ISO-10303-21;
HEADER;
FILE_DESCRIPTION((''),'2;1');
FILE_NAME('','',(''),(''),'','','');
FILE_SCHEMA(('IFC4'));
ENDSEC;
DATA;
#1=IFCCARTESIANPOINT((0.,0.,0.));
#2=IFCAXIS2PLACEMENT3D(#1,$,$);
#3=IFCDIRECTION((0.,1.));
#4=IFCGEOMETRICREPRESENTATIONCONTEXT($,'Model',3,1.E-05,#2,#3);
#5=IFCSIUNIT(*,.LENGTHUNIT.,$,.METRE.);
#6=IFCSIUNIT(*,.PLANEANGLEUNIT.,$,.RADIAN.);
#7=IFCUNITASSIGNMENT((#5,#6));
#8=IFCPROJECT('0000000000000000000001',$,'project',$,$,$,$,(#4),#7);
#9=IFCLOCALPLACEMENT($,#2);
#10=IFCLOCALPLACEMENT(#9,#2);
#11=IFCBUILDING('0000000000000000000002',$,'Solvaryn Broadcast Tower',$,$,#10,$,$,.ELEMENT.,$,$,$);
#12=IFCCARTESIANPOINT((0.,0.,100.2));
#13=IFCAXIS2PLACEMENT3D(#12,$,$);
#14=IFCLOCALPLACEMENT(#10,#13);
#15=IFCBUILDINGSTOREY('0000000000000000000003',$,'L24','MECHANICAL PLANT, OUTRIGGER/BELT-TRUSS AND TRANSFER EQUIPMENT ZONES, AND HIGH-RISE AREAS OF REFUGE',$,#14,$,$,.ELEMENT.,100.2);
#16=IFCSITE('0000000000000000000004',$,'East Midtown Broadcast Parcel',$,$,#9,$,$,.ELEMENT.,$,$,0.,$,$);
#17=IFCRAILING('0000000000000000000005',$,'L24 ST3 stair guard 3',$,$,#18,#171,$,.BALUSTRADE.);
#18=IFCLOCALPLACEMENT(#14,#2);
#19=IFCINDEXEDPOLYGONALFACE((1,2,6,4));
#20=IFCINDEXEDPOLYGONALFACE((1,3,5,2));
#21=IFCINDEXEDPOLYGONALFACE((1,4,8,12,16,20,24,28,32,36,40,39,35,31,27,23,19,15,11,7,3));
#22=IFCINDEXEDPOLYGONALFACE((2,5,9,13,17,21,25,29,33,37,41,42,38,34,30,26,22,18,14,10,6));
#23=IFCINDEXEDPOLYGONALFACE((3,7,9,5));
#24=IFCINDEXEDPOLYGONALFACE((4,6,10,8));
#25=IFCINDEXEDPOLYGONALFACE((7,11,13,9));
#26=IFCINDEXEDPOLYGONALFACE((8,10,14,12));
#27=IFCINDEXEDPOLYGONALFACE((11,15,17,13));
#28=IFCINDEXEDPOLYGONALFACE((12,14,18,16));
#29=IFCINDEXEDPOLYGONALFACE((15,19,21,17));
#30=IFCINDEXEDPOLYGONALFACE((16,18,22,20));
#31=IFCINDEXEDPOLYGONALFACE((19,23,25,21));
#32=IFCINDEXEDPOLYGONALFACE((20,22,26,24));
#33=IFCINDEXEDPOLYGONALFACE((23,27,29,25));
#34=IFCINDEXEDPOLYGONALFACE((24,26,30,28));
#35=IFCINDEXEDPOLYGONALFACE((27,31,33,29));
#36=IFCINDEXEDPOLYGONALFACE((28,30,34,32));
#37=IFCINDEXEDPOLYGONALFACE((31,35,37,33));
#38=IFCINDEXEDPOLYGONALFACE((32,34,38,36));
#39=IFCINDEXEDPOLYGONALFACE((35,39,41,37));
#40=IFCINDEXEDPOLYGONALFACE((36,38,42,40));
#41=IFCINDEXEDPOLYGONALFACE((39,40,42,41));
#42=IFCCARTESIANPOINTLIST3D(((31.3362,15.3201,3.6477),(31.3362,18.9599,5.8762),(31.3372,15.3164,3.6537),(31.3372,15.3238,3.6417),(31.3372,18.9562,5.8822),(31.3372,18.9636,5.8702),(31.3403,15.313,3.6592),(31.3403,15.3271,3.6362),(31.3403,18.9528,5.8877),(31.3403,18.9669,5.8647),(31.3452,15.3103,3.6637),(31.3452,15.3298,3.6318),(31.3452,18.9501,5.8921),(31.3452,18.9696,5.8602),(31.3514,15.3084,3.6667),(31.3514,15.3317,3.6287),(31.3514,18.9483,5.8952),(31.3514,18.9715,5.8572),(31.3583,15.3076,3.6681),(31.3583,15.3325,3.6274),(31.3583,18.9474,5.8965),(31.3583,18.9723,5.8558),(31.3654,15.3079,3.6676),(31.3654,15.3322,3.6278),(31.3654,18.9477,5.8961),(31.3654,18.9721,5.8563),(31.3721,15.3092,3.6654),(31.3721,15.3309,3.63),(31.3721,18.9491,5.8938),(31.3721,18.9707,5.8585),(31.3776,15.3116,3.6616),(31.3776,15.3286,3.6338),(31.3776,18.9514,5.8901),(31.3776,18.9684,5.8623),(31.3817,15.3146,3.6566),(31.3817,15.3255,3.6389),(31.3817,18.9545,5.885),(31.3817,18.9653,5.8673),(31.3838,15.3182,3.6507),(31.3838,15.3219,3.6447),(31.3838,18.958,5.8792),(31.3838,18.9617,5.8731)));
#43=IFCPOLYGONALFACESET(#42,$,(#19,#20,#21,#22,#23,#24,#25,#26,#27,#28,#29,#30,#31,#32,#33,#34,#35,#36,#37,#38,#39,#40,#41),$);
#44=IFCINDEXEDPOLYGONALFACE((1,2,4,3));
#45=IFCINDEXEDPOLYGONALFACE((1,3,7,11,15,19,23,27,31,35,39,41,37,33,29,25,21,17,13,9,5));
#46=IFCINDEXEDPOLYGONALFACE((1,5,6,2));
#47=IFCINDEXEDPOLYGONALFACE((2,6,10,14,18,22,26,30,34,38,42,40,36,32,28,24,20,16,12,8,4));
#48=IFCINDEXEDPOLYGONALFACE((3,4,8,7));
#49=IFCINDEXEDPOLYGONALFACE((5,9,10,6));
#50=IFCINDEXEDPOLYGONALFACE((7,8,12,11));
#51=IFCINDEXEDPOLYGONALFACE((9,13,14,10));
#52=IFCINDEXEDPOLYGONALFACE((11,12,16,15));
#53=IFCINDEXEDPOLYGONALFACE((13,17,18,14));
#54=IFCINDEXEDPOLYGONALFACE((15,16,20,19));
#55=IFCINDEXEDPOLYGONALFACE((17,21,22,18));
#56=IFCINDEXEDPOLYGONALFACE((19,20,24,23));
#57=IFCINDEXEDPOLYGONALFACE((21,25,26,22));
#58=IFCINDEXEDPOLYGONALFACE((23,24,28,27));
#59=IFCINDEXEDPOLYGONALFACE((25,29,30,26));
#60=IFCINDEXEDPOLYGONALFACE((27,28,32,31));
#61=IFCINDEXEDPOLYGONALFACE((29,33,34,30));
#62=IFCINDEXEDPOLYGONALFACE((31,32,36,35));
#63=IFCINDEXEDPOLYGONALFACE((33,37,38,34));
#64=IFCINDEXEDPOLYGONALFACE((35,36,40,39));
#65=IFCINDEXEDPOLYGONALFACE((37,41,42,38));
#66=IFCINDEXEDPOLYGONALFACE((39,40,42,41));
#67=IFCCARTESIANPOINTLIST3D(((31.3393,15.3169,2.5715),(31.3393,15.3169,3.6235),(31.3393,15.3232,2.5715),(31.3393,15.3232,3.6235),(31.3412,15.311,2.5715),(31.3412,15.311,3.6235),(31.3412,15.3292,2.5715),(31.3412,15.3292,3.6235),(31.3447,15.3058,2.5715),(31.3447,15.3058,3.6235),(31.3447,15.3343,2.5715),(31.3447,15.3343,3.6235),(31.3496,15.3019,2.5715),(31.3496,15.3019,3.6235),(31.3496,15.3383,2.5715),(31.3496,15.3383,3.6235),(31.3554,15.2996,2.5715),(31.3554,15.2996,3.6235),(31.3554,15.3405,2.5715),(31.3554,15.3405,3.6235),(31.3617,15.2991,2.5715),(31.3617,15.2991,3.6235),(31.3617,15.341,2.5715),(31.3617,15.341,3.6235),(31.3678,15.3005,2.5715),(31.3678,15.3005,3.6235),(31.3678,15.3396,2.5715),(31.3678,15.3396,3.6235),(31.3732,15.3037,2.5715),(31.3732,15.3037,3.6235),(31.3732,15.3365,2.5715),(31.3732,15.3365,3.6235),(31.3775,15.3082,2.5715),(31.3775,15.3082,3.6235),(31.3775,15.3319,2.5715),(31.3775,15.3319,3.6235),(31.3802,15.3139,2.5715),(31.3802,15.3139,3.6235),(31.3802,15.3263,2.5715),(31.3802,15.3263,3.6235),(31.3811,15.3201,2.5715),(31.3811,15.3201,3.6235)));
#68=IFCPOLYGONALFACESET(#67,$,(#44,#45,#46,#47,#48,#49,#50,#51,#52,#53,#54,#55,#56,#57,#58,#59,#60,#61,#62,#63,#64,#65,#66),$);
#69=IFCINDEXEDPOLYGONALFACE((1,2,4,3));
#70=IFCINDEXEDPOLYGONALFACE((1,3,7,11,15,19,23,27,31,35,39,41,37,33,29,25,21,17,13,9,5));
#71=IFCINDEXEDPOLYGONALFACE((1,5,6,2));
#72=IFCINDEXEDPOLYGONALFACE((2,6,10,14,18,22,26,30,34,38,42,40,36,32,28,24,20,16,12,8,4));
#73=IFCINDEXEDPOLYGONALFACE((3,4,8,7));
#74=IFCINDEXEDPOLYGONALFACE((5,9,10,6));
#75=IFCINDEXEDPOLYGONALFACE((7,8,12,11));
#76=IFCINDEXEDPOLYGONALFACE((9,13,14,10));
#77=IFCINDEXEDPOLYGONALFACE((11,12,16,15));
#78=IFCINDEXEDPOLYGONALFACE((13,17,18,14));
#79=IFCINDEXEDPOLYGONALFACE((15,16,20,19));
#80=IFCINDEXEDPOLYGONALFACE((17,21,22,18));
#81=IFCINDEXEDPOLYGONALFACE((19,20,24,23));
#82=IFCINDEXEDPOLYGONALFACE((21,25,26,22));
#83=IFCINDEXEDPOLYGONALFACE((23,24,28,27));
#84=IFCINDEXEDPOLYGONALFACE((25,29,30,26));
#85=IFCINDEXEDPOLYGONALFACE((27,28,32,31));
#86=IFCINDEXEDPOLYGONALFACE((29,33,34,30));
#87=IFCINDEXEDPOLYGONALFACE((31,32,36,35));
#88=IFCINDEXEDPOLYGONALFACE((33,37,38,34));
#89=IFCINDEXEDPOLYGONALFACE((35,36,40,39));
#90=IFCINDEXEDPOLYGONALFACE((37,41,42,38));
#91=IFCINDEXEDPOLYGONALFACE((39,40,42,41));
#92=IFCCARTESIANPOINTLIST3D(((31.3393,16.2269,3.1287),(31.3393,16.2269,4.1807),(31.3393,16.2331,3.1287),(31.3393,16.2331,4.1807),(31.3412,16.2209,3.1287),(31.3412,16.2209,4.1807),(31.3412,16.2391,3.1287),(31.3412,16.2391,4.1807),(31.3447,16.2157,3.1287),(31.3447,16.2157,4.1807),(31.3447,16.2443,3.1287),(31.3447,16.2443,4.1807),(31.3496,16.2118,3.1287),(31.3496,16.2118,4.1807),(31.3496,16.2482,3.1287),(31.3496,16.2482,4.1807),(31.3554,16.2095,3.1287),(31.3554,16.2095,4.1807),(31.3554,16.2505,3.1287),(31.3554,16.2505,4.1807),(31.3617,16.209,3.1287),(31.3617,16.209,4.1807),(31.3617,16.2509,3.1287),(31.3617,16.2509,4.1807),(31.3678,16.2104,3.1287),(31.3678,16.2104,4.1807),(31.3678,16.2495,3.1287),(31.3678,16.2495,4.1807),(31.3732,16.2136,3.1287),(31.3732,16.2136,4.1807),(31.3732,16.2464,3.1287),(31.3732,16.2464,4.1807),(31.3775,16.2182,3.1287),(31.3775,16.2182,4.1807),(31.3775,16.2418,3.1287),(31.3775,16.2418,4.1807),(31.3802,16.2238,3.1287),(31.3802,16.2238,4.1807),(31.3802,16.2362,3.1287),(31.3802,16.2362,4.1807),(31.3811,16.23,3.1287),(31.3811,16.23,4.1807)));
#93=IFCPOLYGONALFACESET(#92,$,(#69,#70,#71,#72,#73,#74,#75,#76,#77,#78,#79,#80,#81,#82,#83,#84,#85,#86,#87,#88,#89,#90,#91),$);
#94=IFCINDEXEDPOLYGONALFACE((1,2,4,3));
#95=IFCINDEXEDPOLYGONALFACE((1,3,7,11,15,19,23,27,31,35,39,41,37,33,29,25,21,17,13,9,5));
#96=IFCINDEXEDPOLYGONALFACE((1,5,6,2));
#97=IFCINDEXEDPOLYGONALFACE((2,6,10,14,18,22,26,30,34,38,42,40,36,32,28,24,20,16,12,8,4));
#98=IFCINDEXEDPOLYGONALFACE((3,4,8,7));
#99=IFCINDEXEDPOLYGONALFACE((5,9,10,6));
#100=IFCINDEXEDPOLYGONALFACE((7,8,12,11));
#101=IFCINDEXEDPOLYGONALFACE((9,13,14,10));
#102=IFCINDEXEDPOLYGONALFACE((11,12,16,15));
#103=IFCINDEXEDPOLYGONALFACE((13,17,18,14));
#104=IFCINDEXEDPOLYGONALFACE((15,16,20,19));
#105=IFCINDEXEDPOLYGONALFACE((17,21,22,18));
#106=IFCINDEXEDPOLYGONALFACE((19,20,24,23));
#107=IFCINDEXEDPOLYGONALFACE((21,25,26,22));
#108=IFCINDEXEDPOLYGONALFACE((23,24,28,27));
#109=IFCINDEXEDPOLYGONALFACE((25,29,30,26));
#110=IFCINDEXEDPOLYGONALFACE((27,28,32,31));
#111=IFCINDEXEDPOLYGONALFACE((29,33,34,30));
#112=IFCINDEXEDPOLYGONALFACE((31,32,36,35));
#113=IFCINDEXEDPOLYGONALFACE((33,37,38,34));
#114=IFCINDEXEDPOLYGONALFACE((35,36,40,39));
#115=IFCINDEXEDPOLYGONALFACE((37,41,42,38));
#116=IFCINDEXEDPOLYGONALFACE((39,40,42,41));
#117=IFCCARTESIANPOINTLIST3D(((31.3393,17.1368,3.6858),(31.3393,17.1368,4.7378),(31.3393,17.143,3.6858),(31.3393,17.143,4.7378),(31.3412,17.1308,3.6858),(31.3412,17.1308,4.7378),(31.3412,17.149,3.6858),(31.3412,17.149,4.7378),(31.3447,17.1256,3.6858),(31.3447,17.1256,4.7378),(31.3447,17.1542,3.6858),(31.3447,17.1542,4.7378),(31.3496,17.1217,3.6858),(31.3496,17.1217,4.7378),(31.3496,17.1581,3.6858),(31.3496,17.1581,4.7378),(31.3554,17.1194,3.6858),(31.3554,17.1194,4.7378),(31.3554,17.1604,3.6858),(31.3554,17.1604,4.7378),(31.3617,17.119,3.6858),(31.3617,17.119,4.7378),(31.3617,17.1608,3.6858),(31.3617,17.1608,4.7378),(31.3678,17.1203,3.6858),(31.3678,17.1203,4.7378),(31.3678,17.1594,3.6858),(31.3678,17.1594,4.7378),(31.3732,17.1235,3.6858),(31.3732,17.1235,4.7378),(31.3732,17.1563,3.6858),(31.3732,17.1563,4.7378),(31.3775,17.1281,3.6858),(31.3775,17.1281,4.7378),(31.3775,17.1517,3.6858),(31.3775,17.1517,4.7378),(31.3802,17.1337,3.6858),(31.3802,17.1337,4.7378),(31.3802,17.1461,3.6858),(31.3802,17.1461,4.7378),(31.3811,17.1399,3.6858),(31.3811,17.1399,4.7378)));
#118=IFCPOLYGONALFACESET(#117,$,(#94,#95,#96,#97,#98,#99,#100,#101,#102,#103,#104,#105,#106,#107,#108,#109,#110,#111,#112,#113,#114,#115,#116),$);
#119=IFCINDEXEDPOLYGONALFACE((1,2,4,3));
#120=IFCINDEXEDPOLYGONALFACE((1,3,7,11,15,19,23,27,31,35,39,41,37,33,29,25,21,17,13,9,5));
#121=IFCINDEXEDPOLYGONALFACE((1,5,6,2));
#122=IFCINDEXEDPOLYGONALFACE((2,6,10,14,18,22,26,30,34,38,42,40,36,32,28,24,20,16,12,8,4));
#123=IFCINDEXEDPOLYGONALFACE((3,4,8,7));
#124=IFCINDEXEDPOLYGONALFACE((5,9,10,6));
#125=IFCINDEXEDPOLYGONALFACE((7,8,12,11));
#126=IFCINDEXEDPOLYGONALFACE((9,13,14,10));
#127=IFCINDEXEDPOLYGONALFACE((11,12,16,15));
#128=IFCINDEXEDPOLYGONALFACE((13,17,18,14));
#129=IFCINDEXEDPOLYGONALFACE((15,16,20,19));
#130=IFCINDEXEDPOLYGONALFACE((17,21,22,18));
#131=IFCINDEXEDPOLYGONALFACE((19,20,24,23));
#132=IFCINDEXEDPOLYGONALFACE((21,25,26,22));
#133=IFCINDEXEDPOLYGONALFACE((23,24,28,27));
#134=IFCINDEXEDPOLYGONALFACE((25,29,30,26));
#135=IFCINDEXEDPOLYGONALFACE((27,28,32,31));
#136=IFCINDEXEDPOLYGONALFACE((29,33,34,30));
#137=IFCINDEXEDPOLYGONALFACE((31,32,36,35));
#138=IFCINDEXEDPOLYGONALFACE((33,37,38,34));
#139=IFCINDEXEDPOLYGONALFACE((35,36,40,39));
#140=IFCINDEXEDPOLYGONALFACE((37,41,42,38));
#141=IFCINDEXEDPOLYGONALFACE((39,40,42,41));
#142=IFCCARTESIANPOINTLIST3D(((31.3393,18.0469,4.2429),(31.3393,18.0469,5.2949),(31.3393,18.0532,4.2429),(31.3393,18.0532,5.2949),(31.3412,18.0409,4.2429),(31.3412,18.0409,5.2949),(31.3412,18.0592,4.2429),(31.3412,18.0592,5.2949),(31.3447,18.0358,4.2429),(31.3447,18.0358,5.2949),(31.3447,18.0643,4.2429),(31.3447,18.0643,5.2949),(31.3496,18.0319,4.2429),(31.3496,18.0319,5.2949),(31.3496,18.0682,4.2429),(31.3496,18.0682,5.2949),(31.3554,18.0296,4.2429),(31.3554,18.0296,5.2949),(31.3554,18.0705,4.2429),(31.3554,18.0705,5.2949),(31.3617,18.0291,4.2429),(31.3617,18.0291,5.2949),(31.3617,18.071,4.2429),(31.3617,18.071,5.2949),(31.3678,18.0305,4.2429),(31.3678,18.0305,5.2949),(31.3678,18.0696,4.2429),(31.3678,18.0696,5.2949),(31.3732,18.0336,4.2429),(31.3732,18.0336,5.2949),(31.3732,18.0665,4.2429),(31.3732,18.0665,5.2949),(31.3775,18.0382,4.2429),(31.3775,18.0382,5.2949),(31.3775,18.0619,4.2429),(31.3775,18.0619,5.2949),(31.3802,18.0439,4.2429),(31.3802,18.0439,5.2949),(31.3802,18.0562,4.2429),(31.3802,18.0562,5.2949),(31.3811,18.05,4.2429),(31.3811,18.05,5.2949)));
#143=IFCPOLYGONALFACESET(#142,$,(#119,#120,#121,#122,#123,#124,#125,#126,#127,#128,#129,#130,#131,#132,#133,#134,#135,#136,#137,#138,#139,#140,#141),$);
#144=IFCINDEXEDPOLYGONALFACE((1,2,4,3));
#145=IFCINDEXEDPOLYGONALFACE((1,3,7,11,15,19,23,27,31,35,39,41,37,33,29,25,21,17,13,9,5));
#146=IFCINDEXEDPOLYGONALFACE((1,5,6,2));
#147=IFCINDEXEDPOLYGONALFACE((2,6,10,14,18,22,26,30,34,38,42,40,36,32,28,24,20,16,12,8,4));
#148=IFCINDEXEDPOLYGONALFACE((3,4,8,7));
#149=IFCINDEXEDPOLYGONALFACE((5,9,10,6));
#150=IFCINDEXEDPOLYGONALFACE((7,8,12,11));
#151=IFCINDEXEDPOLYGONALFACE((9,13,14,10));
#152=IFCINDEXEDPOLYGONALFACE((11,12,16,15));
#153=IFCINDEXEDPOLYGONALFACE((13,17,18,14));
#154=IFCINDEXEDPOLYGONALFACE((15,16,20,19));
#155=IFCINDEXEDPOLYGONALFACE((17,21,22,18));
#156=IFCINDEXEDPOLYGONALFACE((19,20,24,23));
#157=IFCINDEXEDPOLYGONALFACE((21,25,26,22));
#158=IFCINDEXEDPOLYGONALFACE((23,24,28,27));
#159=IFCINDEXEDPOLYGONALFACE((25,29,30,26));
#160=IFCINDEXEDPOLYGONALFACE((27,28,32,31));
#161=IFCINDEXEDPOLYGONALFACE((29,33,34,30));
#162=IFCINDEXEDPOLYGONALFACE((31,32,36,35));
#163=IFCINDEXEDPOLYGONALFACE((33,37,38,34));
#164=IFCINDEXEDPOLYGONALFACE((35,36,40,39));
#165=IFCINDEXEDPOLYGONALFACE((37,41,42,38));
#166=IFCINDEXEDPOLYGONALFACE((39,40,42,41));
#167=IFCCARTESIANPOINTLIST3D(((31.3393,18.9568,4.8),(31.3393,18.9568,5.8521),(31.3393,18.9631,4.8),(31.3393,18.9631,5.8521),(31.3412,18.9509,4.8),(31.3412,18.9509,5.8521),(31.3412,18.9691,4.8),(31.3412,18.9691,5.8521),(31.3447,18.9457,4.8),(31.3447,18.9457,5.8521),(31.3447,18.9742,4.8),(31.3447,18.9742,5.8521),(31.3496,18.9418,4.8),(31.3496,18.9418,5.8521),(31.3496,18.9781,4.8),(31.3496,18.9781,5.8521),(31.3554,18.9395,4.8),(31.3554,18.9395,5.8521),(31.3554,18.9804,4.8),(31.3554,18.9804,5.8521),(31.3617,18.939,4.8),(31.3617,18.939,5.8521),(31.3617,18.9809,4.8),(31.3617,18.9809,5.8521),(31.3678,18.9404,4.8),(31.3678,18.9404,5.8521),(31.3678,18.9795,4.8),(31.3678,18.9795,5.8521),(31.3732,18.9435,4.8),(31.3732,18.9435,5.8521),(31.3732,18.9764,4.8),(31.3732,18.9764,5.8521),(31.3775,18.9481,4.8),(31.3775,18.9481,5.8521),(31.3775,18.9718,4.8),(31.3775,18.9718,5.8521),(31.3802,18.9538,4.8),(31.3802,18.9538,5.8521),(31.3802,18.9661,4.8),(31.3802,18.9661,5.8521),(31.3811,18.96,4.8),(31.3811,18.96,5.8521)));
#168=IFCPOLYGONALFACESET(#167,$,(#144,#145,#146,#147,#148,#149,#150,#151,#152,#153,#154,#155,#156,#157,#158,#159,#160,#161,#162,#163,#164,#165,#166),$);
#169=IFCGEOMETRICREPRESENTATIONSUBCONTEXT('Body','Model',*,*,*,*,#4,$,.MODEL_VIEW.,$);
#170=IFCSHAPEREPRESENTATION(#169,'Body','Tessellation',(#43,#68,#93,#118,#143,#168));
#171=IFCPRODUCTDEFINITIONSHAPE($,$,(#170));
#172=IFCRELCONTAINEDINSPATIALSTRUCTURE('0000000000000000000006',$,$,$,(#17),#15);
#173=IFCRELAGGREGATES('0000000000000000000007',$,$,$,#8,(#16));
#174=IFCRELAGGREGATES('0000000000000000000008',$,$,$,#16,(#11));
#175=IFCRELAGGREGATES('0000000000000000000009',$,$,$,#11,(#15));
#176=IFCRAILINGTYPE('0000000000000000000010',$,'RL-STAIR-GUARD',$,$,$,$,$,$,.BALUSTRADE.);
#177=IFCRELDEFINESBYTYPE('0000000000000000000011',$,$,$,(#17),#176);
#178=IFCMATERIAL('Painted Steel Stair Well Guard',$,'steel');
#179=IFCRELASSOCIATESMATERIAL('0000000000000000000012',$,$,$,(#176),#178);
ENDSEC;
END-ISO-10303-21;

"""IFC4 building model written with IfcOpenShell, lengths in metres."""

from ifc_helpers import new_model, si_unit, direction, frame, origin, origin_2d, place, context, subcontext, project, spatial, circle, extrude, material, type_object, element, save


model = new_model("IFC4")

# Units and contexts
model_context = context("Model", 3, precision=1e-05, world=origin(), true_north=direction((0.0, 1.0)))
body_context = subcontext(model_context, "Body", "Model", "MODEL_VIEW")
ifc_project = project(units=[si_unit("LENGTHUNIT", "METRE"), si_unit("PLANEANGLEUNIT", "RADIAN")], contexts=[model_context])

# Site, building, storey
site_placement = place(None, origin())
site = spatial("IfcSite", under=ifc_project, at=site_placement, Name="East Midtown Broadcast Parcel", CompositionType="ELEMENT", RefElevation=0.0)
building_placement = place(site_placement, origin())
building = spatial("IfcBuilding", under=site, at=building_placement, Name="Solvaryn Broadcast Tower", CompositionType="ELEMENT")
storey_placement = place(building_placement, frame((0.0, 0.0, 100.2)))
storey = spatial("IfcBuildingStorey", under=building, at=storey_placement, Name="L24", Description="MECHANICAL PLANT, OUTRIGGER/BELT-TRUSS AND TRANSFER EQUIPMENT ZONES, AND HIGH-RISE AREAS OF REFUGE", CompositionType="ELEMENT", Elevation=100.2)

# Railing
ifc_material_1 = material(Name="Painted Steel Stair Well Guard", Category="steel")
railing_type_1 = type_object("IfcRailingType", Name="RL-STAIR-GUARD", PredefinedType="BALUSTRADE", material=ifc_material_1)
railing_1_placement = place(storey_placement, frame((31.3601, 15.3201, 2.5715)))
element("IfcRailing", 1, at=railing_1_placement, inside=storey, type_object=railing_type_1, Name="L24 ST3 stair guard 3", PredefinedType="BALUSTRADE", context=body_context, shape_type="SweptSolid", body=[
    extrude(circle(Radius=0.0239, at=origin_2d()), frame((0.0, 0.0, 1.0762), z_axis=(0.0, 0.85285, 0.522156), x_axis=(-1.0, 0.0, 0.0)), (0.0, 0.0, 1.0), 4.2678),
    extrude(circle(Radius=0.021, at=origin_2d()), origin(), (0.0, 0.0, 1.0), 1.052),
    extrude(circle(Radius=0.021, at=origin_2d()), frame((0.0, 0.9099, 0.5571)), (0.0, 0.0, 1.0), 1.052),
    extrude(circle(Radius=0.021, at=origin_2d()), frame((0.0, 1.8198, 1.1143)), (0.0, 0.0, 1.0), 1.052),
    extrude(circle(Radius=0.021, at=origin_2d()), frame((0.0, 2.73, 1.6714)), (0.0, 0.0, 1.0), 1.052),
    extrude(circle(Radius=0.021, at=origin_2d()), frame((0.0, 3.6399, 2.2285)), (0.0, 0.0, 1.0), 1.052),
])

save(model, "model.ifc")
